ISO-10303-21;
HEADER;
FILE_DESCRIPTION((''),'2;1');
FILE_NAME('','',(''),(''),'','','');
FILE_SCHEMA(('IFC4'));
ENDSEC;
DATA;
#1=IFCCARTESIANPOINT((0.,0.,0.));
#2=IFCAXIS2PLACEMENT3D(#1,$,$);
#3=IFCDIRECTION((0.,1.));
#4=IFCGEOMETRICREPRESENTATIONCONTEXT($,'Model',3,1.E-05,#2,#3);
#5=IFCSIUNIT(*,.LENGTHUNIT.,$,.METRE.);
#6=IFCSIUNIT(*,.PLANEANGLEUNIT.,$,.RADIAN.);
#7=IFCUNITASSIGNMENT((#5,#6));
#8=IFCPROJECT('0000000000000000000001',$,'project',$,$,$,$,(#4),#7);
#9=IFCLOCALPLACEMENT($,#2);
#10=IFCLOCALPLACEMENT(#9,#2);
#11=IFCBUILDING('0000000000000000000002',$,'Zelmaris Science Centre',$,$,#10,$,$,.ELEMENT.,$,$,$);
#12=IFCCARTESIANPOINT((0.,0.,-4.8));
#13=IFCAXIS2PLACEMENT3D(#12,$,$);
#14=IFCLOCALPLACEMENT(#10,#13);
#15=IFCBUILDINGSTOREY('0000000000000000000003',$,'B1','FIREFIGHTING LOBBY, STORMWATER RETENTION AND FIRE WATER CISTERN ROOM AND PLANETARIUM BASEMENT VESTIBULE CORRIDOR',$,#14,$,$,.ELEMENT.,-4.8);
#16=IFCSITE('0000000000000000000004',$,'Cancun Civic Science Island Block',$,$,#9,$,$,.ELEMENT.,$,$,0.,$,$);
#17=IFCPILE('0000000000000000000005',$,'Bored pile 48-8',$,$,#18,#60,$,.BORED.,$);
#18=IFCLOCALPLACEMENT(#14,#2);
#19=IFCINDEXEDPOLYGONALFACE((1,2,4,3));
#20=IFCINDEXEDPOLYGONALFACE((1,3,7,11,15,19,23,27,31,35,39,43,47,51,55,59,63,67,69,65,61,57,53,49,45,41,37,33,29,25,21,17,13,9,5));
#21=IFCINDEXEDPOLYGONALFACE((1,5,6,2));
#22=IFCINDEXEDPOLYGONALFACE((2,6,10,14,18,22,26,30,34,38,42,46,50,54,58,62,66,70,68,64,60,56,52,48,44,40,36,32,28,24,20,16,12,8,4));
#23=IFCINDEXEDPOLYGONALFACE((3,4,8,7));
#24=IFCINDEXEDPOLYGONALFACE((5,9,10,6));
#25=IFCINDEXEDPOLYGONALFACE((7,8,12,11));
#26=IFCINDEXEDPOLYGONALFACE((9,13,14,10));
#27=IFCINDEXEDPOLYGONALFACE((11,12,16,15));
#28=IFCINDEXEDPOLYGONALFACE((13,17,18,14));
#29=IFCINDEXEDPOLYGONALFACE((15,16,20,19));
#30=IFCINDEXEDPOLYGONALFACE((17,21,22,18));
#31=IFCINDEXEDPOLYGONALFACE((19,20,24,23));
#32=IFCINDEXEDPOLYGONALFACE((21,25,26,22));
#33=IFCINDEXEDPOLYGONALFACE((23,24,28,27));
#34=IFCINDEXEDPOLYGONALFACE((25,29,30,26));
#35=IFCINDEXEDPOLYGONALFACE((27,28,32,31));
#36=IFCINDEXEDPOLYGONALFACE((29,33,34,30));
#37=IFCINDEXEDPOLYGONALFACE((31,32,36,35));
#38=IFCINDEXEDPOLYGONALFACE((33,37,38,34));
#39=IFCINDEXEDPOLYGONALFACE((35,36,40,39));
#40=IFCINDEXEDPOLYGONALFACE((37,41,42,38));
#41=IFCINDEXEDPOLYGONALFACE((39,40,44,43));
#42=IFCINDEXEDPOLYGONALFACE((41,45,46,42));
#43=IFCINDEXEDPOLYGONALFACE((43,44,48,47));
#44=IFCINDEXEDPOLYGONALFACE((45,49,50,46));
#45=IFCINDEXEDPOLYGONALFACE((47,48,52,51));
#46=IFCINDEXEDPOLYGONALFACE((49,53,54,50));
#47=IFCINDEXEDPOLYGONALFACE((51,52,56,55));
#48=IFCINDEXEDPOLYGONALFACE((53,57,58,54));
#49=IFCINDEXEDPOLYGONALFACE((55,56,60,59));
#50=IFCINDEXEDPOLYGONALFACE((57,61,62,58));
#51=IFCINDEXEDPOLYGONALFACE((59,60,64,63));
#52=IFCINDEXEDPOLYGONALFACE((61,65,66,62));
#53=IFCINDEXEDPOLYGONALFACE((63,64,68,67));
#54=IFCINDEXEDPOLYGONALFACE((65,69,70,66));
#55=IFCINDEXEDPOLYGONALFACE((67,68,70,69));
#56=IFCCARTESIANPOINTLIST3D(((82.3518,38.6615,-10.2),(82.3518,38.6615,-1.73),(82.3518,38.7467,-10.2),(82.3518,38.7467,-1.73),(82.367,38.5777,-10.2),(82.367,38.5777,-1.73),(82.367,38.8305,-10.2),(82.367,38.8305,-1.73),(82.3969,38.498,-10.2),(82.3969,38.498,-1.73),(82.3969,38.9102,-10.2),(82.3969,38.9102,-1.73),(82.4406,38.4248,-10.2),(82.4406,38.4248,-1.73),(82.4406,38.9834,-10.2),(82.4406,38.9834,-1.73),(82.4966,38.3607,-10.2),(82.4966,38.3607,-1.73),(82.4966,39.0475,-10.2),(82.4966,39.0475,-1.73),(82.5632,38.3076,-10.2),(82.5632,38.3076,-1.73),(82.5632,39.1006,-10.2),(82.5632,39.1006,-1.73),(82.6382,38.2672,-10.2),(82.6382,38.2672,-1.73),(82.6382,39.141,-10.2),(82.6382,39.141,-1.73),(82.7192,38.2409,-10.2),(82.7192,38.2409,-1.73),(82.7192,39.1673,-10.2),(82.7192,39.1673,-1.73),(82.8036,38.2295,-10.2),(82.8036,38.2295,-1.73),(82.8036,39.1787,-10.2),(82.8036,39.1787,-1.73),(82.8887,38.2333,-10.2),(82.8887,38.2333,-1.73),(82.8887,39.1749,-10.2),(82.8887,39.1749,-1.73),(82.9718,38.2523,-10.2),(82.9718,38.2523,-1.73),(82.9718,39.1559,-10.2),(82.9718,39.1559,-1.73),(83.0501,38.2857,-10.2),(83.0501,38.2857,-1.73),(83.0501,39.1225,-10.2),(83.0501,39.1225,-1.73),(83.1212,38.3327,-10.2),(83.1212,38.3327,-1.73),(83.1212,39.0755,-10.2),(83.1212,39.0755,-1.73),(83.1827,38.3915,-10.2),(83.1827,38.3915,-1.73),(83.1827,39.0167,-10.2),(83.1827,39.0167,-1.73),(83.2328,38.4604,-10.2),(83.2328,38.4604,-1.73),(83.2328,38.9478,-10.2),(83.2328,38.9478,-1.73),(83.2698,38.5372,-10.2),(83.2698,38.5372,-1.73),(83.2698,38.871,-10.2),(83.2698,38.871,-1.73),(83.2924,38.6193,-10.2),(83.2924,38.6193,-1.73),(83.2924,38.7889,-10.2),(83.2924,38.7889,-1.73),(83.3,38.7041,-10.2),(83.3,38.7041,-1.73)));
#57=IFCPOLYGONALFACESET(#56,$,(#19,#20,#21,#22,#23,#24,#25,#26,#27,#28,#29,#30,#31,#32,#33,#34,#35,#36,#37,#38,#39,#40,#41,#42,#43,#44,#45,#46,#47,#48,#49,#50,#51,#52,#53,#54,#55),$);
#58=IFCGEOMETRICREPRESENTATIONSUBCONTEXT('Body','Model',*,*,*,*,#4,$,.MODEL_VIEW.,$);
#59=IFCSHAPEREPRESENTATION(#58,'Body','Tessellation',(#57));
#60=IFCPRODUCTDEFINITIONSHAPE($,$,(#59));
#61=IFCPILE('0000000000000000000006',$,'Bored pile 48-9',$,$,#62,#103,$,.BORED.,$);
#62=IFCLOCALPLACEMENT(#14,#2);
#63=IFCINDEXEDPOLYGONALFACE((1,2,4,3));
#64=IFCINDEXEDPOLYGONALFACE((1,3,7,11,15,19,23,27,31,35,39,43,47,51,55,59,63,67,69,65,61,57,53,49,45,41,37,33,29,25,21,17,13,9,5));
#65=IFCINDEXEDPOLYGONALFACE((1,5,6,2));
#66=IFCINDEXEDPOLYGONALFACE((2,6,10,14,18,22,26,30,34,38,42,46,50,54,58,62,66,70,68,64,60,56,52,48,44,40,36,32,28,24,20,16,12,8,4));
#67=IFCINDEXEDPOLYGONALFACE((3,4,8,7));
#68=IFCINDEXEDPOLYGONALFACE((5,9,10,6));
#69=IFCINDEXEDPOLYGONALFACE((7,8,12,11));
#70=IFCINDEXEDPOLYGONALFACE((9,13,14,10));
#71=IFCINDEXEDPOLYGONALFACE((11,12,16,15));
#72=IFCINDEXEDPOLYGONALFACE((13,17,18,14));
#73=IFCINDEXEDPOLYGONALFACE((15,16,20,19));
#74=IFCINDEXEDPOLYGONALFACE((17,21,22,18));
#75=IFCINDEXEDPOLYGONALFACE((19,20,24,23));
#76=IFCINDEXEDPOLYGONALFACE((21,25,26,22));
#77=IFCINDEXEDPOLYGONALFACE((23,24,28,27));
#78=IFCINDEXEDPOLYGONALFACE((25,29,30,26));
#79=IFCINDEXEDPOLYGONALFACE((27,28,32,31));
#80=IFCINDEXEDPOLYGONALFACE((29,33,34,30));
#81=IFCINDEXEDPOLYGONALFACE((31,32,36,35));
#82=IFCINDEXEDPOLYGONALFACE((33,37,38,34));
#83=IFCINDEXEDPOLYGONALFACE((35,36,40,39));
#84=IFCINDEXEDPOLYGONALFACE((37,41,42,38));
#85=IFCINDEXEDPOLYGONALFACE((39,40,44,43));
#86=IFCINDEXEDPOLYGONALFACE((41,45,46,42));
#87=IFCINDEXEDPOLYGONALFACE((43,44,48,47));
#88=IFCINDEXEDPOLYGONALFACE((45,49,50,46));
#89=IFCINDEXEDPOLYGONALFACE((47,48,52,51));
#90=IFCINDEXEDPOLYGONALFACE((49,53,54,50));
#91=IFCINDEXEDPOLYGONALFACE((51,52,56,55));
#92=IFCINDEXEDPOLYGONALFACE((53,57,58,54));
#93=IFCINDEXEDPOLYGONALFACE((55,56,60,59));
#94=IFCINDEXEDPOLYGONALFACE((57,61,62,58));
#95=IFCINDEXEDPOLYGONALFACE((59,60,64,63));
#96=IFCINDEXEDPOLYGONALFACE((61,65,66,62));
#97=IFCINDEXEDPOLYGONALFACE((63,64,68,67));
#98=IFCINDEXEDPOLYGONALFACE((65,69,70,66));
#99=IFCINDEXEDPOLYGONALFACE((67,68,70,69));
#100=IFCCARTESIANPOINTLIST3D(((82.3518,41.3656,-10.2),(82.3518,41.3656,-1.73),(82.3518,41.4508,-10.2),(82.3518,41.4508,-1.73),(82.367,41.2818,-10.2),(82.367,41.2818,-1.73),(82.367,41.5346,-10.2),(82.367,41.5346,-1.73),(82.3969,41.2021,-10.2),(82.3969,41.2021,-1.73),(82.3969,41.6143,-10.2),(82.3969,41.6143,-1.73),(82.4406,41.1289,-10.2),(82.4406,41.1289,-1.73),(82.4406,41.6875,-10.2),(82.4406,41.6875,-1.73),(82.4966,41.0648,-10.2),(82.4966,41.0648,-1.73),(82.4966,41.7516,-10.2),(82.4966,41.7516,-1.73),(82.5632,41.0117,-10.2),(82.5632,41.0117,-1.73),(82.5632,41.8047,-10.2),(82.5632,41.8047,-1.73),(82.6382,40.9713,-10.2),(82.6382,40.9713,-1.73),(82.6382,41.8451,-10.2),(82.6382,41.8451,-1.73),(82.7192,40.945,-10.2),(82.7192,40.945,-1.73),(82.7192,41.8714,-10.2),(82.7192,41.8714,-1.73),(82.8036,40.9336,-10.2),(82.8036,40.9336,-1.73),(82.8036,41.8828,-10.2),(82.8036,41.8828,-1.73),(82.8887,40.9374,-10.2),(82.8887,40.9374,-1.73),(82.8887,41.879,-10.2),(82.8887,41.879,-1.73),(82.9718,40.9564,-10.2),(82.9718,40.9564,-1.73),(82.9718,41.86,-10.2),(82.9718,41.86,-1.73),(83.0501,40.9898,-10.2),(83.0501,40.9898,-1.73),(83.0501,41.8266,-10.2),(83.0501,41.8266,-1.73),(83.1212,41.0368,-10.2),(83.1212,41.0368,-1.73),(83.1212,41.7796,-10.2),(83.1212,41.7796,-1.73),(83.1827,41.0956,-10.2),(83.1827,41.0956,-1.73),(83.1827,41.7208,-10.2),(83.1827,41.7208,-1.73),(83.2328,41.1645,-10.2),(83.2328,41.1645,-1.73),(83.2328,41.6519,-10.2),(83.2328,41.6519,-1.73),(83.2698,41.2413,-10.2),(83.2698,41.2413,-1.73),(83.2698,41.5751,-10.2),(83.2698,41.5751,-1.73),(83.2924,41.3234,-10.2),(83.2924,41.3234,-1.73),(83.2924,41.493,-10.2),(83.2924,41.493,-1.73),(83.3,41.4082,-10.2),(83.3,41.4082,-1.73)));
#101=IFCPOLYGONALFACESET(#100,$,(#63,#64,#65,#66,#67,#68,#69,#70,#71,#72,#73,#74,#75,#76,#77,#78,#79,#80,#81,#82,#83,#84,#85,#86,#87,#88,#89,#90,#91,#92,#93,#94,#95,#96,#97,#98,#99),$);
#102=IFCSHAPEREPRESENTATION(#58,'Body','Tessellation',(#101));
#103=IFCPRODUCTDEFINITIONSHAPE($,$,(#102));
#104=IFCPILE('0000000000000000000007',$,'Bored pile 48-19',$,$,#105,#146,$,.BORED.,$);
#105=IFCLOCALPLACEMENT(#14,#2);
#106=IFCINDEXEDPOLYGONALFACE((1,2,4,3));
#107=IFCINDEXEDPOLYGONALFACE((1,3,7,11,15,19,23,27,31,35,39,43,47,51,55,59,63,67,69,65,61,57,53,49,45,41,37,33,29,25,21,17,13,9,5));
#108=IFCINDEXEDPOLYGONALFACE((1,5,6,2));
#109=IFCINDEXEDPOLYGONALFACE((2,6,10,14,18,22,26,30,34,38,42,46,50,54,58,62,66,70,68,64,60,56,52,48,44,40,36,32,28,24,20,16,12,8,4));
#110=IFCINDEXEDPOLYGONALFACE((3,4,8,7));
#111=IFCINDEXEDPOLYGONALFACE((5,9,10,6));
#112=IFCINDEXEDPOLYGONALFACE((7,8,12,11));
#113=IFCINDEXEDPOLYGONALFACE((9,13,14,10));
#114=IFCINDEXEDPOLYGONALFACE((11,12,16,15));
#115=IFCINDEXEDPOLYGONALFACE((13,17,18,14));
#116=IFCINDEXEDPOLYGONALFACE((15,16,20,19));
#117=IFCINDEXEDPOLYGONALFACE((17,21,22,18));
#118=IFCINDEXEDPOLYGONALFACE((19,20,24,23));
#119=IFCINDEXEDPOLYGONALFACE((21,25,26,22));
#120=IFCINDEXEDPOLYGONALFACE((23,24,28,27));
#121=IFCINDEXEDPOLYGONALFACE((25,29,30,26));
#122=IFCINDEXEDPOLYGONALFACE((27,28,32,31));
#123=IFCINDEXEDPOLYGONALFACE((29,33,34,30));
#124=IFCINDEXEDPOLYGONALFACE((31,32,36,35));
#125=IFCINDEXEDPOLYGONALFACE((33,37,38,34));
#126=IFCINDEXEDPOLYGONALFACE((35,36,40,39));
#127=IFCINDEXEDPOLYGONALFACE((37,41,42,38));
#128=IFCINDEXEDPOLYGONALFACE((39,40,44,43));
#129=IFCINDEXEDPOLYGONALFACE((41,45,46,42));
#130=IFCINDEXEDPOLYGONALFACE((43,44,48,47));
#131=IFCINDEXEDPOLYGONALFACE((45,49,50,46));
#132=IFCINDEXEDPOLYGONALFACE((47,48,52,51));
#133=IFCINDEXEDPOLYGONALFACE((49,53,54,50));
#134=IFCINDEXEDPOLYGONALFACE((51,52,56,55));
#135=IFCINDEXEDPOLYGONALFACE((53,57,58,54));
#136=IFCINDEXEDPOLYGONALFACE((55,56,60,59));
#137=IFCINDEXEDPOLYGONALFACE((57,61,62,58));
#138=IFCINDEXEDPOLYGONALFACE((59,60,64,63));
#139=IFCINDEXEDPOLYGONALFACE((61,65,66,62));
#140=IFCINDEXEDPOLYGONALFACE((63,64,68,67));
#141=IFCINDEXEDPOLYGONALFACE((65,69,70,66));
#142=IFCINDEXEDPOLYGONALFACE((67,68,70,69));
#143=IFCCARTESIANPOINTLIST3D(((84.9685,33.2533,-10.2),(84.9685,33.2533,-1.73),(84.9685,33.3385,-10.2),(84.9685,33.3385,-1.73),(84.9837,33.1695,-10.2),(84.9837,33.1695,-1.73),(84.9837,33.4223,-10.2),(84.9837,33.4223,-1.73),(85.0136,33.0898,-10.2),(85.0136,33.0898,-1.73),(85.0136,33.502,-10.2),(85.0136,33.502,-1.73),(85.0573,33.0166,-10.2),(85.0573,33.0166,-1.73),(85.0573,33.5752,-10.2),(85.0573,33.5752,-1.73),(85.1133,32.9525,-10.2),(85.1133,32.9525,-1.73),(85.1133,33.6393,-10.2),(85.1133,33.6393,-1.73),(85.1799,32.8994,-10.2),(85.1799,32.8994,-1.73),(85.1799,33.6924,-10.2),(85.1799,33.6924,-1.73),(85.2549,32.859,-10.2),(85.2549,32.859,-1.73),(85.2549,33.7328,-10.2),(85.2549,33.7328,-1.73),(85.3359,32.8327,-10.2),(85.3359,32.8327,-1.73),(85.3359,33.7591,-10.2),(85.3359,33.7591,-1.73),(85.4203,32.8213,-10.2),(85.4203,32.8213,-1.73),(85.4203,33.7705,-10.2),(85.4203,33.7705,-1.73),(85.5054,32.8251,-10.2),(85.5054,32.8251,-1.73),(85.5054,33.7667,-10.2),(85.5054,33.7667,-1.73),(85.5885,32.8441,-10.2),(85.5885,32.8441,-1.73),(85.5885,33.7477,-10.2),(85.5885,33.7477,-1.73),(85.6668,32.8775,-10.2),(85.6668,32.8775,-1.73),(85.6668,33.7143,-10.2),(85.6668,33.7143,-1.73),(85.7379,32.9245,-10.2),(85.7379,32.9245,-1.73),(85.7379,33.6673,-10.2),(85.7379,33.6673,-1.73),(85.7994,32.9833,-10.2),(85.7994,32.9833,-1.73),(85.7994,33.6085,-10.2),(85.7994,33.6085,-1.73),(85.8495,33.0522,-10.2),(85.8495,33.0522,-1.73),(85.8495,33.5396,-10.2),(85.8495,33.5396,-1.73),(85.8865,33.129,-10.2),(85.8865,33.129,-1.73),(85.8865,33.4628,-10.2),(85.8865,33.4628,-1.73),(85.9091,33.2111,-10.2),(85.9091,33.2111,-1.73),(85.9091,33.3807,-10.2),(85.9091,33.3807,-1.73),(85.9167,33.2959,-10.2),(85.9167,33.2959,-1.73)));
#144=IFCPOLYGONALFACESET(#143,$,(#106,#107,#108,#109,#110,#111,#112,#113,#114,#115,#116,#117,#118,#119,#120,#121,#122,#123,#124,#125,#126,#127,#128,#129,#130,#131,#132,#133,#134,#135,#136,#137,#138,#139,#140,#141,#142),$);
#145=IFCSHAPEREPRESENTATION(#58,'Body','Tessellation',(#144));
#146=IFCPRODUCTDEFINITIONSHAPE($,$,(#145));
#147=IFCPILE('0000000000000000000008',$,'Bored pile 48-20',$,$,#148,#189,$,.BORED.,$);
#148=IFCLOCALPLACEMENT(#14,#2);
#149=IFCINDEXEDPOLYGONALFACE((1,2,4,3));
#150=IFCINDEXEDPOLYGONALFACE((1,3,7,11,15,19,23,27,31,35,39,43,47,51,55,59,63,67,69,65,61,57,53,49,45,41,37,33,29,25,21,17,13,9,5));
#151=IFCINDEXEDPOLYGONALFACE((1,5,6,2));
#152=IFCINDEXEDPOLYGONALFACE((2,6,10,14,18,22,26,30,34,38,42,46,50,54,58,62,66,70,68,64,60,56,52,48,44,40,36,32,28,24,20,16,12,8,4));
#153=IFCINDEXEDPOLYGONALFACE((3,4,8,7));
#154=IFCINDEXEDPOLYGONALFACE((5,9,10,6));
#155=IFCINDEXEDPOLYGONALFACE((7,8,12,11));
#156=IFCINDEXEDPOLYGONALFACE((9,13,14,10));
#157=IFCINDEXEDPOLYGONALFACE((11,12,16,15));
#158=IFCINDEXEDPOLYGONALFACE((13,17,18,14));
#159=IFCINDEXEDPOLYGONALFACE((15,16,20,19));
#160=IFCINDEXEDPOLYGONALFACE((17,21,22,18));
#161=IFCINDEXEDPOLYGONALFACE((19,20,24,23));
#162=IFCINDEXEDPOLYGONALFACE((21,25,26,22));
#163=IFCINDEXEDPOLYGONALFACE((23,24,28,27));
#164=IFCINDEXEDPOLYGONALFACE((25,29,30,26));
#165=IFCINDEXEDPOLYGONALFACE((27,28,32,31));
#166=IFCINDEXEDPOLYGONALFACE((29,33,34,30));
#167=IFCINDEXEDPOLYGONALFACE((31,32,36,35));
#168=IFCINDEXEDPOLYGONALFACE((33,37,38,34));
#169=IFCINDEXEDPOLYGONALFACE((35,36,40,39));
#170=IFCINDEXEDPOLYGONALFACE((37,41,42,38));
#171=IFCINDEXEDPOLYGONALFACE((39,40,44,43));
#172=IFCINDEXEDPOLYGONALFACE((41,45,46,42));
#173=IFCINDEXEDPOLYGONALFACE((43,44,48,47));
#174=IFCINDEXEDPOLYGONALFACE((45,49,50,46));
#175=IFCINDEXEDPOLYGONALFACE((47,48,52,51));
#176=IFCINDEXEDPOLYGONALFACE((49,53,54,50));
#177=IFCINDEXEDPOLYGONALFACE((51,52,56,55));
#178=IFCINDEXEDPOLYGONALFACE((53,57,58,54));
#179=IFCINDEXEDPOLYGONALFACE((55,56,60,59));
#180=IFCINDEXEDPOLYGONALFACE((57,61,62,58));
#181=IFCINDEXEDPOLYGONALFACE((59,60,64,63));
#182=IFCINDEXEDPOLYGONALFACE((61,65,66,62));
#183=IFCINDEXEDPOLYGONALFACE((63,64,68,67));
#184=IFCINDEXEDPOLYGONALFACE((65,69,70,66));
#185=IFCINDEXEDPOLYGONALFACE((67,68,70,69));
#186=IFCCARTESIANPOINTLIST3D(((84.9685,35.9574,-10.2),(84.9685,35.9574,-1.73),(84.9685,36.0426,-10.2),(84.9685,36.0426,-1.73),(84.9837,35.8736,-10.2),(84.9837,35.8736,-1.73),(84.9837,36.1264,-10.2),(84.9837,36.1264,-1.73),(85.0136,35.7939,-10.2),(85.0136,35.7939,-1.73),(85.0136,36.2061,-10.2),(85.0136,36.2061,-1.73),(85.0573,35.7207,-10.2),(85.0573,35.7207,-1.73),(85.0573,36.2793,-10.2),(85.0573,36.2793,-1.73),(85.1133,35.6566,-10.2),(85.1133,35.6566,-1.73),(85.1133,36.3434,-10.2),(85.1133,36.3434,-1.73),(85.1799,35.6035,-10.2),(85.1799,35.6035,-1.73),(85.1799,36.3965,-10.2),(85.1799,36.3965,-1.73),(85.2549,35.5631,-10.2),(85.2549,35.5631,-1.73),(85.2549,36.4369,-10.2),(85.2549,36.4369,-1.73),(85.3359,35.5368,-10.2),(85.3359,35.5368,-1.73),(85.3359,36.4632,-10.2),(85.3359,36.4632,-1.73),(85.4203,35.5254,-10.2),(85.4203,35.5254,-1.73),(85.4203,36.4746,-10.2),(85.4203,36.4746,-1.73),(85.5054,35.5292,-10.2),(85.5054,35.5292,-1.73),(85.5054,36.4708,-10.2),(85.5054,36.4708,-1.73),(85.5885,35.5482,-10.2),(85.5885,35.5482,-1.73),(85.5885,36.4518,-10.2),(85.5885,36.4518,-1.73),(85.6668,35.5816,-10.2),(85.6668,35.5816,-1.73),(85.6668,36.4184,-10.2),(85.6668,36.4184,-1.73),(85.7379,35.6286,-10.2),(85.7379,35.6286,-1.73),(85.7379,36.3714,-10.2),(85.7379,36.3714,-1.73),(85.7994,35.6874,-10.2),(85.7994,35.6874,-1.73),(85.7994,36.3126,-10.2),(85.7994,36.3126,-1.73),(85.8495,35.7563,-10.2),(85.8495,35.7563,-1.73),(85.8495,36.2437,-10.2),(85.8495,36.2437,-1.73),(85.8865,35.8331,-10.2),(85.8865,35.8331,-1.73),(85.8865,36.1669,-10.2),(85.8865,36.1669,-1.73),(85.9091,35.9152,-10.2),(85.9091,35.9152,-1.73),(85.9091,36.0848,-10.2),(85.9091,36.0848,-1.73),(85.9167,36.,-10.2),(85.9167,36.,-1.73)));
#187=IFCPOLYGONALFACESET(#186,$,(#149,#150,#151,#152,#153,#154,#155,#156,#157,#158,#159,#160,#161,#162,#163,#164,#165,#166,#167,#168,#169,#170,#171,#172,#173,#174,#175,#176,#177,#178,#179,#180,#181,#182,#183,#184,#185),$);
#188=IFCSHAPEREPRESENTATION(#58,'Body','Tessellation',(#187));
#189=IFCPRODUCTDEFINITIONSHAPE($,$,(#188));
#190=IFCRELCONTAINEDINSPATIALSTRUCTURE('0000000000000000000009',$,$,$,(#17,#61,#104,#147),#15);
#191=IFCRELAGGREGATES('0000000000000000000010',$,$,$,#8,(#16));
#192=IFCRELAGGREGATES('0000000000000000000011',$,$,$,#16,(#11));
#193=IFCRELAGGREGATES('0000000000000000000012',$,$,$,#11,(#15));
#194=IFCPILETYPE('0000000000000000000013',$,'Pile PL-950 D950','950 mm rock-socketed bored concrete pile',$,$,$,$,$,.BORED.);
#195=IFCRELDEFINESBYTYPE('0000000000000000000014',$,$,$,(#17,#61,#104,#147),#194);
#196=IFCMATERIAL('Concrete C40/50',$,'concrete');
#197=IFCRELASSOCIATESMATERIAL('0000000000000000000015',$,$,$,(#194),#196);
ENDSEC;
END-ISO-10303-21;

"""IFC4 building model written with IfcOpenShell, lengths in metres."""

from ifc_helpers import new_model, si_unit, direction, frame, origin, origin_2d, place, context, subcontext, project, spatial, circle, extrude, material, material_profile, profile_set, type_object, element, save


model = new_model("IFC4")

# Units and contexts
model_context = context("Model", 3, precision=1e-05, world=origin(), true_north=direction((0.0, 1.0)))
body_context = subcontext(model_context, "Body", "Model", "MODEL_VIEW")
ifc_project = project(units=[si_unit("LENGTHUNIT", "METRE"), si_unit("PLANEANGLEUNIT", "RADIAN")], contexts=[model_context])

# Site, building, storey
site_placement = place(None, origin())
site = spatial("IfcSite", under=ifc_project, at=site_placement, Name="Cancun Civic Science Island Block", CompositionType="ELEMENT", RefElevation=0.0)
building_placement = place(site_placement, origin())
building = spatial("IfcBuilding", under=site, at=building_placement, Name="Zelmaris Science Centre", CompositionType="ELEMENT")
storey_placement = place(building_placement, frame((0.0, 0.0, -4.8)))
storey = spatial("IfcBuildingStorey", under=building, at=storey_placement, Name="B1", Description="FIREFIGHTING LOBBY, STORMWATER RETENTION AND FIRE WATER CISTERN ROOM AND PLANETARIUM BASEMENT VESTIBULE CORRIDOR", CompositionType="ELEMENT", Elevation=-4.8)

# Shared definitions
ifc_material_1 = material(Name="Concrete C40/50", Category="concrete")

# Piles
ifc_material_profile_1 = material_profile(ifc_material_1, circle(Radius=0.4751, at=origin_2d()), Name="PILE-950")
ifc_profile_set_1 = profile_set([ifc_material_profile_1], Name="Concrete C40/50")
pile_type_1 = type_object("IfcPileType", Name="Pile PL-950 D950", Description="950 mm rock-socketed bored concrete pile", PredefinedType="BORED", material=ifc_profile_set_1)
for number, where, z_axis, x_axis, name in (
    (1, (82.825, 38.7041, -1.73), (0.0, 0.0, -1.0), (1.0, 0.0, 0.0), "Bored pile 48-8"),
    (2, (82.825, 41.4082, -1.73), (0.0, 0.0, -1.0), (1.0, 0.0, 0.0), "Bored pile 48-9"),
    (3, (85.4417, 33.2959, -1.73), (0.0, 0.0, -1.0), (1.0, 0.0, 0.0), "Bored pile 48-19"),
    (4, (85.4417, 36.0, -1.73), (0.0, 0.0, -1.0), (1.0, 0.0, 0.0), "Bored pile 48-20"),
):
    element("IfcPile", number, at=place(storey_placement, frame(where, z_axis=z_axis, x_axis=x_axis)), inside=storey, type_object=pile_type_1, Name=name, PredefinedType="BORED", context=body_context, shape_type="SweptSolid", body=[
        extrude(circle(Radius=0.4751, at=origin_2d()), origin(), (0.0, 0.0, 1.0), 8.47),
    ])

save(model, "model.ifc")
